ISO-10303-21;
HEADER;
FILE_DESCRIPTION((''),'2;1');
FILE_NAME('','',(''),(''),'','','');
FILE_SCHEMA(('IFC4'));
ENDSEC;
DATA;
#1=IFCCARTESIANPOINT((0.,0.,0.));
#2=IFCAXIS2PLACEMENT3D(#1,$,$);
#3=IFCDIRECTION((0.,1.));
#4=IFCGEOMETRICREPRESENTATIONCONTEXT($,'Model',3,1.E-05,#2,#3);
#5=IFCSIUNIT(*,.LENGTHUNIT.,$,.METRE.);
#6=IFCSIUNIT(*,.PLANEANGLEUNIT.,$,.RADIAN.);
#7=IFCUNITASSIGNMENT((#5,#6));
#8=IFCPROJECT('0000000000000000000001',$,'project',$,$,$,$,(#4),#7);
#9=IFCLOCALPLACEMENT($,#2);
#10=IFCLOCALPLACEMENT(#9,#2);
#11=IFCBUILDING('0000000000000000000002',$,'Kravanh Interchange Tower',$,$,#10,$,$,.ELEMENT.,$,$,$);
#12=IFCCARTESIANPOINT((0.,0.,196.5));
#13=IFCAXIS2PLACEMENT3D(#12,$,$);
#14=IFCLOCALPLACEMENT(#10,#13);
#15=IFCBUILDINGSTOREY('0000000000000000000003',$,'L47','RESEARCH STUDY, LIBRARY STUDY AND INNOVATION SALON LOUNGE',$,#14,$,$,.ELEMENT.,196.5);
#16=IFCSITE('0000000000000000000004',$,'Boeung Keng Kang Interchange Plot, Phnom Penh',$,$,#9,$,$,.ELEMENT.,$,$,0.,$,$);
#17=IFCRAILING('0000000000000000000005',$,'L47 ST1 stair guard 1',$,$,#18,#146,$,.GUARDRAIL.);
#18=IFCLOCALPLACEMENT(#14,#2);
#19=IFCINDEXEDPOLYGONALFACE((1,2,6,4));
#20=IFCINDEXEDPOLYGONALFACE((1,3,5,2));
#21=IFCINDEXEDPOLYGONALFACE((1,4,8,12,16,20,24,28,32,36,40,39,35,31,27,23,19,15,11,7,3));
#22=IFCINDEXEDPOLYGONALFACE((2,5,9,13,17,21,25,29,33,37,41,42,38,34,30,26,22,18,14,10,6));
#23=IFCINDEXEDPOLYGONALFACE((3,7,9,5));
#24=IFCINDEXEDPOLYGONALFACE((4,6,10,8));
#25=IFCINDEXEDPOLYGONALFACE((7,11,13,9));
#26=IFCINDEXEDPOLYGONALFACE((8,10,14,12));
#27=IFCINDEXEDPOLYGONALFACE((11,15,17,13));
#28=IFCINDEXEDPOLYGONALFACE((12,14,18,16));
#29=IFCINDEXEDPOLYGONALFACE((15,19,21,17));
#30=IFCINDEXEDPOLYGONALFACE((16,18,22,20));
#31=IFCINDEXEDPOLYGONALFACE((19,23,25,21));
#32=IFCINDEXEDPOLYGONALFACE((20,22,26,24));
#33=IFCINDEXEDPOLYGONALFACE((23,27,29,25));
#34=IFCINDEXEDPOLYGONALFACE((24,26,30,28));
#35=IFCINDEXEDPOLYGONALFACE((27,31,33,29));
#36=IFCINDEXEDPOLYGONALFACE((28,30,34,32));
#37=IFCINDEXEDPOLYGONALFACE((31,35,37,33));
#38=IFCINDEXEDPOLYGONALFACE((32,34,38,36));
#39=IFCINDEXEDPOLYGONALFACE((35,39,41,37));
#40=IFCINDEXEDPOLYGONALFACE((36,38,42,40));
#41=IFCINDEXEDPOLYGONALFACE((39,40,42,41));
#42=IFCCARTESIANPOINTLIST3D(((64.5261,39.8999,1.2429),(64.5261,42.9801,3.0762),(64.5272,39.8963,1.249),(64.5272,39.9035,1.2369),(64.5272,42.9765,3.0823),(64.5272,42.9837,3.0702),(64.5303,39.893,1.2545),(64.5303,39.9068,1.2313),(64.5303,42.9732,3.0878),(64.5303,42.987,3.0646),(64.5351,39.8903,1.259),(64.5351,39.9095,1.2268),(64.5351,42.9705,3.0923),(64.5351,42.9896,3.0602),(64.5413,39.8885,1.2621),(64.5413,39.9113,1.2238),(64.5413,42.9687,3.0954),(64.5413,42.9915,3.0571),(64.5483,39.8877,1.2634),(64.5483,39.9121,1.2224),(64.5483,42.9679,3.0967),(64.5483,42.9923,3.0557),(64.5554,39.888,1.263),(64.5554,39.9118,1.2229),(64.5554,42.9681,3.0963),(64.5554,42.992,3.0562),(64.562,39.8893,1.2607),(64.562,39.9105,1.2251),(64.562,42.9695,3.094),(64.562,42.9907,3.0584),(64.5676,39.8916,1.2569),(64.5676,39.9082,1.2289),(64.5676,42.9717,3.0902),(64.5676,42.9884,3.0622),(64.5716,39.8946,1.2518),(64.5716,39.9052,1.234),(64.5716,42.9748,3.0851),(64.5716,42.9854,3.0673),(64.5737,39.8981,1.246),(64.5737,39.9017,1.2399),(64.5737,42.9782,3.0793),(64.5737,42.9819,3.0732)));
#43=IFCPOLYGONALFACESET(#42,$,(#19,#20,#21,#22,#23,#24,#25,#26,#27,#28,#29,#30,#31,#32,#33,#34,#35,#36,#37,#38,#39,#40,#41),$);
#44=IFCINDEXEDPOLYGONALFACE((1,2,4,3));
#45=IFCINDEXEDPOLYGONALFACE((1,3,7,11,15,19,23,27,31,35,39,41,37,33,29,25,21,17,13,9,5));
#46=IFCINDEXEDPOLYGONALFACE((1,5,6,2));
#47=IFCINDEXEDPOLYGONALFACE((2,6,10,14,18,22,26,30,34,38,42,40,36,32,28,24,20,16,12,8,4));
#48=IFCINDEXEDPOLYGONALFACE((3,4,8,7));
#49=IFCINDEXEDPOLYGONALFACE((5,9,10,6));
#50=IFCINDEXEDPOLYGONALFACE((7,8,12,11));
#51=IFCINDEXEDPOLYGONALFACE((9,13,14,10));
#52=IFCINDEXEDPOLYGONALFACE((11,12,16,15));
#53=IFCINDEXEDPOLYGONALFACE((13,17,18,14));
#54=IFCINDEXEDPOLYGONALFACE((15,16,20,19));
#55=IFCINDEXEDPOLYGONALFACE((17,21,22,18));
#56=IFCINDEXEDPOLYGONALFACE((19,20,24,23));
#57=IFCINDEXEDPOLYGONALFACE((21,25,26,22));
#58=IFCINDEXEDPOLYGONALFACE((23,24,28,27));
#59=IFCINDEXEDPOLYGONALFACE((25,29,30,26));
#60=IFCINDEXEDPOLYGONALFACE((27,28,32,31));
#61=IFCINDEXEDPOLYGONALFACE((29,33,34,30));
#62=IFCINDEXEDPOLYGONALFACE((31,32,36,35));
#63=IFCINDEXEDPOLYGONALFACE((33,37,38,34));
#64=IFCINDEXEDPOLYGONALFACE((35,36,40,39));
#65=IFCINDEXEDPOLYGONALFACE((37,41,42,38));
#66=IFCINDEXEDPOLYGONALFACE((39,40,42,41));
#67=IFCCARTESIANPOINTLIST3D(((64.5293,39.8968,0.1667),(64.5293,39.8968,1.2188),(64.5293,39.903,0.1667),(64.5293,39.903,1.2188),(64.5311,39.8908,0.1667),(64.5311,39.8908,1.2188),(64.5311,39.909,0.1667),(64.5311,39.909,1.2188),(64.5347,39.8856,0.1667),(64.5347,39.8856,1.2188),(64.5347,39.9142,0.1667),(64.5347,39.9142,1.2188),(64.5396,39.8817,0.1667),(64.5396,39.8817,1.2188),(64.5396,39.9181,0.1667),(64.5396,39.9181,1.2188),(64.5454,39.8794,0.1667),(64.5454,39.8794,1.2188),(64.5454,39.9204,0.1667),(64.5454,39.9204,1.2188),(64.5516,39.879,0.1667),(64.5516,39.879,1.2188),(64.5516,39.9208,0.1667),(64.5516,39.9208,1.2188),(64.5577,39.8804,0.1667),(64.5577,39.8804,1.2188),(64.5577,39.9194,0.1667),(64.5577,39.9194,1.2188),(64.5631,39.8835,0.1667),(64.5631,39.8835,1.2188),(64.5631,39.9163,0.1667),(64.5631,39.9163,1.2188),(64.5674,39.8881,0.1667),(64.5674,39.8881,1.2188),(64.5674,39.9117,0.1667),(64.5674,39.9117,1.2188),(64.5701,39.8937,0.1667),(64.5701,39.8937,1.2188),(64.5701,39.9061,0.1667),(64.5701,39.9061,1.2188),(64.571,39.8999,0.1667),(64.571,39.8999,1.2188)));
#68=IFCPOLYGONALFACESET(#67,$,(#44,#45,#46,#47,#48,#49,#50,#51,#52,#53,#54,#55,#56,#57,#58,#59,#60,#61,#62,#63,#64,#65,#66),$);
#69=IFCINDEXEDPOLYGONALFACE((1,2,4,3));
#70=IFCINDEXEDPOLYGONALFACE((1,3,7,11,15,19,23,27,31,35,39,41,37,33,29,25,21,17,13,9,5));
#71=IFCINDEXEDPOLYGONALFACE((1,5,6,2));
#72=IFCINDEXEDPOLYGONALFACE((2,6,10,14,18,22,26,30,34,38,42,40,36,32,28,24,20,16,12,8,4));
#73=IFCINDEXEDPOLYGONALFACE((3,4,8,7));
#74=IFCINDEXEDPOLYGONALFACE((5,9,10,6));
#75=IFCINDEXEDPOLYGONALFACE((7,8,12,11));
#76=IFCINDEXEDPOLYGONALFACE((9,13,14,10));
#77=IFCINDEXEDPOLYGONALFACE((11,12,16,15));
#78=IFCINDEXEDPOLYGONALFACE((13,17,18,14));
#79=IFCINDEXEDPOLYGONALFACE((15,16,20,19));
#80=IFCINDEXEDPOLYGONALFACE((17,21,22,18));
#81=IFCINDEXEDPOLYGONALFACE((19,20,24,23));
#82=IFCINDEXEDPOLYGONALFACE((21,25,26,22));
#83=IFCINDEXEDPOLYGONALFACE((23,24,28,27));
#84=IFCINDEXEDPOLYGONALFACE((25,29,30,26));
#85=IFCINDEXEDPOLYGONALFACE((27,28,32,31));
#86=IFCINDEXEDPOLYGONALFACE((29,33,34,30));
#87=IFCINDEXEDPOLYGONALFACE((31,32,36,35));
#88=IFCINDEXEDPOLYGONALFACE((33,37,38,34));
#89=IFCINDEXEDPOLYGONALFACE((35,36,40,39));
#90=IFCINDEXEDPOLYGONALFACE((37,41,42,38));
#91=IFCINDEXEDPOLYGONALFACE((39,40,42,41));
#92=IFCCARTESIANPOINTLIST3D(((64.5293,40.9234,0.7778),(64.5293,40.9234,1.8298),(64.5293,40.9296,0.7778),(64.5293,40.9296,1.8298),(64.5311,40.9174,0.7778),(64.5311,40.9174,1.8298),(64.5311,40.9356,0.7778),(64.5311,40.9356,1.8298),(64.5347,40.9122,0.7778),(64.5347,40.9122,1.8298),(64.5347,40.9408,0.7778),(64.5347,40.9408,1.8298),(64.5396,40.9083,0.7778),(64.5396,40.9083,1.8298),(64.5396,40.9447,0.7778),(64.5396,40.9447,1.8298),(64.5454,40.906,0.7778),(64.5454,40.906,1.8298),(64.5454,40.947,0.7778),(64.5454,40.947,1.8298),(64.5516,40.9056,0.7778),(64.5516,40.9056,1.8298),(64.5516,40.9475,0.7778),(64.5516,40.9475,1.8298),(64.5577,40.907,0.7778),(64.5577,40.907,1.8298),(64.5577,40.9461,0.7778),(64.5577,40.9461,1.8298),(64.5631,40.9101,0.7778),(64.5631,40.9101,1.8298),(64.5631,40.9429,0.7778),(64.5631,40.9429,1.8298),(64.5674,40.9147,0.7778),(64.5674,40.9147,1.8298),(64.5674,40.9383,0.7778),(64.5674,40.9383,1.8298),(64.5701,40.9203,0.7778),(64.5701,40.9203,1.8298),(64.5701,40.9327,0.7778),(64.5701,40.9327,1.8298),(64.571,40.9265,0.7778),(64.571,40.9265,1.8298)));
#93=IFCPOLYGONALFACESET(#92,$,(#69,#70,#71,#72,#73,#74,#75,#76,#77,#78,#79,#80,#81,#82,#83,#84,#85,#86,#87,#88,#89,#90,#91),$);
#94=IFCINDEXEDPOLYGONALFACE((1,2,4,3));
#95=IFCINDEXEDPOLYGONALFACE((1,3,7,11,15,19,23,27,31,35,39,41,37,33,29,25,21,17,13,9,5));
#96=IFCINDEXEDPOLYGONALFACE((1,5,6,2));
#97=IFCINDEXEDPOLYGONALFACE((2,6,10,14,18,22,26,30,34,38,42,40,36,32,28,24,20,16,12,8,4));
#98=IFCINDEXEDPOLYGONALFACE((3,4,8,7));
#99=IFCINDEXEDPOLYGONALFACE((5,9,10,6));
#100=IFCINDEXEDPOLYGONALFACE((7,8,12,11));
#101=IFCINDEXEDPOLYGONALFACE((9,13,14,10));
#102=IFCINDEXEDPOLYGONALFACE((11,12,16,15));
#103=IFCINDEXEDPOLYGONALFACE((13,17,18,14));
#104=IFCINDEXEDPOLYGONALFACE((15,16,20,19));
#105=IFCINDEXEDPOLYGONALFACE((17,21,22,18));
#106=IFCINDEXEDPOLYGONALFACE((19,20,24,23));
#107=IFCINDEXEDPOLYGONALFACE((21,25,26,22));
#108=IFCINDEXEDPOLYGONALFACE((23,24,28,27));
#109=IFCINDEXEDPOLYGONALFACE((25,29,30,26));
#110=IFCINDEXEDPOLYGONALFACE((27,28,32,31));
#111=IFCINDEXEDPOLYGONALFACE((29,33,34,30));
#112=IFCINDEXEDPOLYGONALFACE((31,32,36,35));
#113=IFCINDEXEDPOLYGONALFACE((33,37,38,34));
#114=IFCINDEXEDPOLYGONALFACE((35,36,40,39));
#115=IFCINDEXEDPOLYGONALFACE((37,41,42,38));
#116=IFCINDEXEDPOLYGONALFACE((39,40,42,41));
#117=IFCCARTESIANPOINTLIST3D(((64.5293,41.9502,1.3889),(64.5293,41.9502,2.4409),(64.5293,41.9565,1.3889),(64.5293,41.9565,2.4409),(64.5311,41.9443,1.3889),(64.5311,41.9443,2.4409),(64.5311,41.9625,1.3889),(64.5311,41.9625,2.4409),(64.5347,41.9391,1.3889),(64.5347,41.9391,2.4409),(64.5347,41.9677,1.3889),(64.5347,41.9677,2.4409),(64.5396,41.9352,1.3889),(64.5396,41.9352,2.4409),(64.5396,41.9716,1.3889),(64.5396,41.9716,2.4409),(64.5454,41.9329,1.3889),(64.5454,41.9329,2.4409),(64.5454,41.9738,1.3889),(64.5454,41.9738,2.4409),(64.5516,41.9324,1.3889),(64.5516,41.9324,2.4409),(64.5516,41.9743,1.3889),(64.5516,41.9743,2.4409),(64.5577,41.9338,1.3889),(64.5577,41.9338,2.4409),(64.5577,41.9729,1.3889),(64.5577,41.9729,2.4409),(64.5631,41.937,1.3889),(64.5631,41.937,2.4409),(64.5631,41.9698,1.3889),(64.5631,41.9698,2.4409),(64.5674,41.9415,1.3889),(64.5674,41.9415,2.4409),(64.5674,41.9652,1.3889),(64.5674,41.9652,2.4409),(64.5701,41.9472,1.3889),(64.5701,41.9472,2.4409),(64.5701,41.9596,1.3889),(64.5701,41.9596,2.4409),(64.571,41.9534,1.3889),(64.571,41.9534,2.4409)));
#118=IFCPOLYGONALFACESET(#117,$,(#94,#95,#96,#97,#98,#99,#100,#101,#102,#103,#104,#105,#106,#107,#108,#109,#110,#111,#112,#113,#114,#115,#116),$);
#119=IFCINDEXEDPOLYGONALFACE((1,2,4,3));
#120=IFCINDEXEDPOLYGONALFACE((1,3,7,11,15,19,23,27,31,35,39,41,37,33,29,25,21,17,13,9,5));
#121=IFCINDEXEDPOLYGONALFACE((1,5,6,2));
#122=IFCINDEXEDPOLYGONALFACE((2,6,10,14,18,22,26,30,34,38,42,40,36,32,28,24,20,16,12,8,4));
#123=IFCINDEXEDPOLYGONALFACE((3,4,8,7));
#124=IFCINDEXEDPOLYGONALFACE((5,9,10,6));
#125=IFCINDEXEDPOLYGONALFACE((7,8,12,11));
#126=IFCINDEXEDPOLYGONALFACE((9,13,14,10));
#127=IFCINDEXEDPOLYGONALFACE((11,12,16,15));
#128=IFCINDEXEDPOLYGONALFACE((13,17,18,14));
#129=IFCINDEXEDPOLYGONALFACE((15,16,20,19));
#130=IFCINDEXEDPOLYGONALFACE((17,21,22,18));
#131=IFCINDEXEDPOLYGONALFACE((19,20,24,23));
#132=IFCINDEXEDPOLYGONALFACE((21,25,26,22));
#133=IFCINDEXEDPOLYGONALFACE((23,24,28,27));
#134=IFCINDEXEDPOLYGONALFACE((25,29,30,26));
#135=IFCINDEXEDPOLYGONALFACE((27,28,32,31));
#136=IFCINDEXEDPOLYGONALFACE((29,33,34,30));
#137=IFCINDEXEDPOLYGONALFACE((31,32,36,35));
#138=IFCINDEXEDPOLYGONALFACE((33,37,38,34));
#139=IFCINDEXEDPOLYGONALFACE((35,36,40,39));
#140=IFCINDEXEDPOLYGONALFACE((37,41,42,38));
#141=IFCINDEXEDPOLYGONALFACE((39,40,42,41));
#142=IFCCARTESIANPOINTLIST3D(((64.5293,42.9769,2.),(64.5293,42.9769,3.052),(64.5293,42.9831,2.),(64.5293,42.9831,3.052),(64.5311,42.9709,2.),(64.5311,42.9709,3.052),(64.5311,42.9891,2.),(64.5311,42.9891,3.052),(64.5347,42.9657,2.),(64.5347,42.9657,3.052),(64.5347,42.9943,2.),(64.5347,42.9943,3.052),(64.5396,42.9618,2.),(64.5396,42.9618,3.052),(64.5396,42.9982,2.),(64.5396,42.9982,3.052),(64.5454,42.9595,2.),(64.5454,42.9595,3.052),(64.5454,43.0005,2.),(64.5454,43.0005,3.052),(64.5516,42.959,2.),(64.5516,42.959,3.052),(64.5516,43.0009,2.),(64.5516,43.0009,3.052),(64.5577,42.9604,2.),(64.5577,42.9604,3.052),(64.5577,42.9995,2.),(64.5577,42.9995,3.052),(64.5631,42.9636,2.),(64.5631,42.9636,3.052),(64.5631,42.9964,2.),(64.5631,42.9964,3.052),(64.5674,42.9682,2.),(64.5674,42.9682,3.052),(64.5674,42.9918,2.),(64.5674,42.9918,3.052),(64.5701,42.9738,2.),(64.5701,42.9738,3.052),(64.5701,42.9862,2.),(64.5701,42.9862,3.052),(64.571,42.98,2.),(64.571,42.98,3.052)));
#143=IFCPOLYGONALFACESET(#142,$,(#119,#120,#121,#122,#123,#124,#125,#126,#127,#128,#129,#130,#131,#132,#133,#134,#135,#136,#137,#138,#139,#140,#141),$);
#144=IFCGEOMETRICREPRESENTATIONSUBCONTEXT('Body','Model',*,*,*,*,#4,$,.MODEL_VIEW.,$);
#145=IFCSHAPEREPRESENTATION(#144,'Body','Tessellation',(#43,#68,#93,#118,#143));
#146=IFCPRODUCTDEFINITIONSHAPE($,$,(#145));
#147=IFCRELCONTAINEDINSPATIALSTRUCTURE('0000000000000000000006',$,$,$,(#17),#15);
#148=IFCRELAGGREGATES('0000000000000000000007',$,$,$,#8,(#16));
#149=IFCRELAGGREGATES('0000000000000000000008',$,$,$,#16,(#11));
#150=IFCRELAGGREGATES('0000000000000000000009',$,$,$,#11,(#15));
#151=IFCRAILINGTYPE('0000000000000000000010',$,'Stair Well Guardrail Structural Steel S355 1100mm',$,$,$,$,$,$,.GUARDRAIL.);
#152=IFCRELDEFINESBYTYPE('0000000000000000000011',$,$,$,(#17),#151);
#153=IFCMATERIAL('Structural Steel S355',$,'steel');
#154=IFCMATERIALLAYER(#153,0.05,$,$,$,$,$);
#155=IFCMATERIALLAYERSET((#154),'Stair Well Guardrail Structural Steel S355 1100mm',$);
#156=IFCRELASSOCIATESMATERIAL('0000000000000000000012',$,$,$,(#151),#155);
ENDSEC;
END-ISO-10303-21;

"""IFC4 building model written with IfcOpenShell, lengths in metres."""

from ifc_helpers import new_model, si_unit, direction, frame, origin, origin_2d, place, context, subcontext, project, spatial, circle, extrude, material, layer, layer_set, type_object, element, save


model = new_model("IFC4")

# Units and contexts
model_context = context("Model", 3, precision=1e-05, world=origin(), true_north=direction((0.0, 1.0)))
body_context = subcontext(model_context, "Body", "Model", "MODEL_VIEW")
ifc_project = project(units=[si_unit("LENGTHUNIT", "METRE"), si_unit("PLANEANGLEUNIT", "RADIAN")], contexts=[model_context])

# Site, building, storey
site_placement = place(None, origin())
site = spatial("IfcSite", under=ifc_project, at=site_placement, Name="Boeung Keng Kang Interchange Plot, Phnom Penh", CompositionType="ELEMENT", RefElevation=0.0)
building_placement = place(site_placement, origin())
building = spatial("IfcBuilding", under=site, at=building_placement, Name="Kravanh Interchange Tower", CompositionType="ELEMENT")
storey_placement = place(building_placement, frame((0.0, 0.0, 196.5)))
storey = spatial("IfcBuildingStorey", under=building, at=storey_placement, Name="L47", Description="RESEARCH STUDY, LIBRARY STUDY AND INNOVATION SALON LOUNGE", CompositionType="ELEMENT", Elevation=196.5)

# Railing
ifc_material_1 = material(Name="Structural Steel S355", Category="steel")
ifc_layer_1 = layer(ifc_material_1, 0.05)
ifc_layer_set_1 = layer_set([ifc_layer_1], Name="Stair Well Guardrail Structural Steel S355 1100mm")
railing_type_1 = type_object("IfcRailingType", Name="Stair Well Guardrail Structural Steel S355 1100mm", PredefinedType="GUARDRAIL", material=ifc_layer_set_1)
railing_1_placement = place(storey_placement, frame((64.55, 39.8999, 0.1667)))
element("IfcRailing", 1, at=railing_1_placement, inside=storey, type_object=railing_type_1, Name="L47 ST1 stair guard 1", PredefinedType="GUARDRAIL", context=body_context, shape_type="SweptSolid", body=[
    extrude(circle(Radius=0.0239, at=origin_2d()), frame((0.0, 0.0, 1.0762), z_axis=(0.0, 0.859309, 0.511458), x_axis=(-1.0, 0.0, 0.0)), (0.0, 0.0, 1.0), 3.5845),
    extrude(circle(Radius=0.021, at=origin_2d()), origin(), (0.0, 0.0, 1.0), 1.052),
    extrude(circle(Radius=0.021, at=origin_2d()), frame((0.0, 1.0266, 0.6111)), (0.0, 0.0, 1.0), 1.052),
    extrude(circle(Radius=0.021, at=origin_2d()), frame((0.0, 2.0535, 1.2222)), (0.0, 0.0, 1.0), 1.052),
    extrude(circle(Radius=0.021, at=origin_2d()), frame((0.0, 3.0801, 1.8333)), (0.0, 0.0, 1.0), 1.052),
])

save(model, "model.ifc")
